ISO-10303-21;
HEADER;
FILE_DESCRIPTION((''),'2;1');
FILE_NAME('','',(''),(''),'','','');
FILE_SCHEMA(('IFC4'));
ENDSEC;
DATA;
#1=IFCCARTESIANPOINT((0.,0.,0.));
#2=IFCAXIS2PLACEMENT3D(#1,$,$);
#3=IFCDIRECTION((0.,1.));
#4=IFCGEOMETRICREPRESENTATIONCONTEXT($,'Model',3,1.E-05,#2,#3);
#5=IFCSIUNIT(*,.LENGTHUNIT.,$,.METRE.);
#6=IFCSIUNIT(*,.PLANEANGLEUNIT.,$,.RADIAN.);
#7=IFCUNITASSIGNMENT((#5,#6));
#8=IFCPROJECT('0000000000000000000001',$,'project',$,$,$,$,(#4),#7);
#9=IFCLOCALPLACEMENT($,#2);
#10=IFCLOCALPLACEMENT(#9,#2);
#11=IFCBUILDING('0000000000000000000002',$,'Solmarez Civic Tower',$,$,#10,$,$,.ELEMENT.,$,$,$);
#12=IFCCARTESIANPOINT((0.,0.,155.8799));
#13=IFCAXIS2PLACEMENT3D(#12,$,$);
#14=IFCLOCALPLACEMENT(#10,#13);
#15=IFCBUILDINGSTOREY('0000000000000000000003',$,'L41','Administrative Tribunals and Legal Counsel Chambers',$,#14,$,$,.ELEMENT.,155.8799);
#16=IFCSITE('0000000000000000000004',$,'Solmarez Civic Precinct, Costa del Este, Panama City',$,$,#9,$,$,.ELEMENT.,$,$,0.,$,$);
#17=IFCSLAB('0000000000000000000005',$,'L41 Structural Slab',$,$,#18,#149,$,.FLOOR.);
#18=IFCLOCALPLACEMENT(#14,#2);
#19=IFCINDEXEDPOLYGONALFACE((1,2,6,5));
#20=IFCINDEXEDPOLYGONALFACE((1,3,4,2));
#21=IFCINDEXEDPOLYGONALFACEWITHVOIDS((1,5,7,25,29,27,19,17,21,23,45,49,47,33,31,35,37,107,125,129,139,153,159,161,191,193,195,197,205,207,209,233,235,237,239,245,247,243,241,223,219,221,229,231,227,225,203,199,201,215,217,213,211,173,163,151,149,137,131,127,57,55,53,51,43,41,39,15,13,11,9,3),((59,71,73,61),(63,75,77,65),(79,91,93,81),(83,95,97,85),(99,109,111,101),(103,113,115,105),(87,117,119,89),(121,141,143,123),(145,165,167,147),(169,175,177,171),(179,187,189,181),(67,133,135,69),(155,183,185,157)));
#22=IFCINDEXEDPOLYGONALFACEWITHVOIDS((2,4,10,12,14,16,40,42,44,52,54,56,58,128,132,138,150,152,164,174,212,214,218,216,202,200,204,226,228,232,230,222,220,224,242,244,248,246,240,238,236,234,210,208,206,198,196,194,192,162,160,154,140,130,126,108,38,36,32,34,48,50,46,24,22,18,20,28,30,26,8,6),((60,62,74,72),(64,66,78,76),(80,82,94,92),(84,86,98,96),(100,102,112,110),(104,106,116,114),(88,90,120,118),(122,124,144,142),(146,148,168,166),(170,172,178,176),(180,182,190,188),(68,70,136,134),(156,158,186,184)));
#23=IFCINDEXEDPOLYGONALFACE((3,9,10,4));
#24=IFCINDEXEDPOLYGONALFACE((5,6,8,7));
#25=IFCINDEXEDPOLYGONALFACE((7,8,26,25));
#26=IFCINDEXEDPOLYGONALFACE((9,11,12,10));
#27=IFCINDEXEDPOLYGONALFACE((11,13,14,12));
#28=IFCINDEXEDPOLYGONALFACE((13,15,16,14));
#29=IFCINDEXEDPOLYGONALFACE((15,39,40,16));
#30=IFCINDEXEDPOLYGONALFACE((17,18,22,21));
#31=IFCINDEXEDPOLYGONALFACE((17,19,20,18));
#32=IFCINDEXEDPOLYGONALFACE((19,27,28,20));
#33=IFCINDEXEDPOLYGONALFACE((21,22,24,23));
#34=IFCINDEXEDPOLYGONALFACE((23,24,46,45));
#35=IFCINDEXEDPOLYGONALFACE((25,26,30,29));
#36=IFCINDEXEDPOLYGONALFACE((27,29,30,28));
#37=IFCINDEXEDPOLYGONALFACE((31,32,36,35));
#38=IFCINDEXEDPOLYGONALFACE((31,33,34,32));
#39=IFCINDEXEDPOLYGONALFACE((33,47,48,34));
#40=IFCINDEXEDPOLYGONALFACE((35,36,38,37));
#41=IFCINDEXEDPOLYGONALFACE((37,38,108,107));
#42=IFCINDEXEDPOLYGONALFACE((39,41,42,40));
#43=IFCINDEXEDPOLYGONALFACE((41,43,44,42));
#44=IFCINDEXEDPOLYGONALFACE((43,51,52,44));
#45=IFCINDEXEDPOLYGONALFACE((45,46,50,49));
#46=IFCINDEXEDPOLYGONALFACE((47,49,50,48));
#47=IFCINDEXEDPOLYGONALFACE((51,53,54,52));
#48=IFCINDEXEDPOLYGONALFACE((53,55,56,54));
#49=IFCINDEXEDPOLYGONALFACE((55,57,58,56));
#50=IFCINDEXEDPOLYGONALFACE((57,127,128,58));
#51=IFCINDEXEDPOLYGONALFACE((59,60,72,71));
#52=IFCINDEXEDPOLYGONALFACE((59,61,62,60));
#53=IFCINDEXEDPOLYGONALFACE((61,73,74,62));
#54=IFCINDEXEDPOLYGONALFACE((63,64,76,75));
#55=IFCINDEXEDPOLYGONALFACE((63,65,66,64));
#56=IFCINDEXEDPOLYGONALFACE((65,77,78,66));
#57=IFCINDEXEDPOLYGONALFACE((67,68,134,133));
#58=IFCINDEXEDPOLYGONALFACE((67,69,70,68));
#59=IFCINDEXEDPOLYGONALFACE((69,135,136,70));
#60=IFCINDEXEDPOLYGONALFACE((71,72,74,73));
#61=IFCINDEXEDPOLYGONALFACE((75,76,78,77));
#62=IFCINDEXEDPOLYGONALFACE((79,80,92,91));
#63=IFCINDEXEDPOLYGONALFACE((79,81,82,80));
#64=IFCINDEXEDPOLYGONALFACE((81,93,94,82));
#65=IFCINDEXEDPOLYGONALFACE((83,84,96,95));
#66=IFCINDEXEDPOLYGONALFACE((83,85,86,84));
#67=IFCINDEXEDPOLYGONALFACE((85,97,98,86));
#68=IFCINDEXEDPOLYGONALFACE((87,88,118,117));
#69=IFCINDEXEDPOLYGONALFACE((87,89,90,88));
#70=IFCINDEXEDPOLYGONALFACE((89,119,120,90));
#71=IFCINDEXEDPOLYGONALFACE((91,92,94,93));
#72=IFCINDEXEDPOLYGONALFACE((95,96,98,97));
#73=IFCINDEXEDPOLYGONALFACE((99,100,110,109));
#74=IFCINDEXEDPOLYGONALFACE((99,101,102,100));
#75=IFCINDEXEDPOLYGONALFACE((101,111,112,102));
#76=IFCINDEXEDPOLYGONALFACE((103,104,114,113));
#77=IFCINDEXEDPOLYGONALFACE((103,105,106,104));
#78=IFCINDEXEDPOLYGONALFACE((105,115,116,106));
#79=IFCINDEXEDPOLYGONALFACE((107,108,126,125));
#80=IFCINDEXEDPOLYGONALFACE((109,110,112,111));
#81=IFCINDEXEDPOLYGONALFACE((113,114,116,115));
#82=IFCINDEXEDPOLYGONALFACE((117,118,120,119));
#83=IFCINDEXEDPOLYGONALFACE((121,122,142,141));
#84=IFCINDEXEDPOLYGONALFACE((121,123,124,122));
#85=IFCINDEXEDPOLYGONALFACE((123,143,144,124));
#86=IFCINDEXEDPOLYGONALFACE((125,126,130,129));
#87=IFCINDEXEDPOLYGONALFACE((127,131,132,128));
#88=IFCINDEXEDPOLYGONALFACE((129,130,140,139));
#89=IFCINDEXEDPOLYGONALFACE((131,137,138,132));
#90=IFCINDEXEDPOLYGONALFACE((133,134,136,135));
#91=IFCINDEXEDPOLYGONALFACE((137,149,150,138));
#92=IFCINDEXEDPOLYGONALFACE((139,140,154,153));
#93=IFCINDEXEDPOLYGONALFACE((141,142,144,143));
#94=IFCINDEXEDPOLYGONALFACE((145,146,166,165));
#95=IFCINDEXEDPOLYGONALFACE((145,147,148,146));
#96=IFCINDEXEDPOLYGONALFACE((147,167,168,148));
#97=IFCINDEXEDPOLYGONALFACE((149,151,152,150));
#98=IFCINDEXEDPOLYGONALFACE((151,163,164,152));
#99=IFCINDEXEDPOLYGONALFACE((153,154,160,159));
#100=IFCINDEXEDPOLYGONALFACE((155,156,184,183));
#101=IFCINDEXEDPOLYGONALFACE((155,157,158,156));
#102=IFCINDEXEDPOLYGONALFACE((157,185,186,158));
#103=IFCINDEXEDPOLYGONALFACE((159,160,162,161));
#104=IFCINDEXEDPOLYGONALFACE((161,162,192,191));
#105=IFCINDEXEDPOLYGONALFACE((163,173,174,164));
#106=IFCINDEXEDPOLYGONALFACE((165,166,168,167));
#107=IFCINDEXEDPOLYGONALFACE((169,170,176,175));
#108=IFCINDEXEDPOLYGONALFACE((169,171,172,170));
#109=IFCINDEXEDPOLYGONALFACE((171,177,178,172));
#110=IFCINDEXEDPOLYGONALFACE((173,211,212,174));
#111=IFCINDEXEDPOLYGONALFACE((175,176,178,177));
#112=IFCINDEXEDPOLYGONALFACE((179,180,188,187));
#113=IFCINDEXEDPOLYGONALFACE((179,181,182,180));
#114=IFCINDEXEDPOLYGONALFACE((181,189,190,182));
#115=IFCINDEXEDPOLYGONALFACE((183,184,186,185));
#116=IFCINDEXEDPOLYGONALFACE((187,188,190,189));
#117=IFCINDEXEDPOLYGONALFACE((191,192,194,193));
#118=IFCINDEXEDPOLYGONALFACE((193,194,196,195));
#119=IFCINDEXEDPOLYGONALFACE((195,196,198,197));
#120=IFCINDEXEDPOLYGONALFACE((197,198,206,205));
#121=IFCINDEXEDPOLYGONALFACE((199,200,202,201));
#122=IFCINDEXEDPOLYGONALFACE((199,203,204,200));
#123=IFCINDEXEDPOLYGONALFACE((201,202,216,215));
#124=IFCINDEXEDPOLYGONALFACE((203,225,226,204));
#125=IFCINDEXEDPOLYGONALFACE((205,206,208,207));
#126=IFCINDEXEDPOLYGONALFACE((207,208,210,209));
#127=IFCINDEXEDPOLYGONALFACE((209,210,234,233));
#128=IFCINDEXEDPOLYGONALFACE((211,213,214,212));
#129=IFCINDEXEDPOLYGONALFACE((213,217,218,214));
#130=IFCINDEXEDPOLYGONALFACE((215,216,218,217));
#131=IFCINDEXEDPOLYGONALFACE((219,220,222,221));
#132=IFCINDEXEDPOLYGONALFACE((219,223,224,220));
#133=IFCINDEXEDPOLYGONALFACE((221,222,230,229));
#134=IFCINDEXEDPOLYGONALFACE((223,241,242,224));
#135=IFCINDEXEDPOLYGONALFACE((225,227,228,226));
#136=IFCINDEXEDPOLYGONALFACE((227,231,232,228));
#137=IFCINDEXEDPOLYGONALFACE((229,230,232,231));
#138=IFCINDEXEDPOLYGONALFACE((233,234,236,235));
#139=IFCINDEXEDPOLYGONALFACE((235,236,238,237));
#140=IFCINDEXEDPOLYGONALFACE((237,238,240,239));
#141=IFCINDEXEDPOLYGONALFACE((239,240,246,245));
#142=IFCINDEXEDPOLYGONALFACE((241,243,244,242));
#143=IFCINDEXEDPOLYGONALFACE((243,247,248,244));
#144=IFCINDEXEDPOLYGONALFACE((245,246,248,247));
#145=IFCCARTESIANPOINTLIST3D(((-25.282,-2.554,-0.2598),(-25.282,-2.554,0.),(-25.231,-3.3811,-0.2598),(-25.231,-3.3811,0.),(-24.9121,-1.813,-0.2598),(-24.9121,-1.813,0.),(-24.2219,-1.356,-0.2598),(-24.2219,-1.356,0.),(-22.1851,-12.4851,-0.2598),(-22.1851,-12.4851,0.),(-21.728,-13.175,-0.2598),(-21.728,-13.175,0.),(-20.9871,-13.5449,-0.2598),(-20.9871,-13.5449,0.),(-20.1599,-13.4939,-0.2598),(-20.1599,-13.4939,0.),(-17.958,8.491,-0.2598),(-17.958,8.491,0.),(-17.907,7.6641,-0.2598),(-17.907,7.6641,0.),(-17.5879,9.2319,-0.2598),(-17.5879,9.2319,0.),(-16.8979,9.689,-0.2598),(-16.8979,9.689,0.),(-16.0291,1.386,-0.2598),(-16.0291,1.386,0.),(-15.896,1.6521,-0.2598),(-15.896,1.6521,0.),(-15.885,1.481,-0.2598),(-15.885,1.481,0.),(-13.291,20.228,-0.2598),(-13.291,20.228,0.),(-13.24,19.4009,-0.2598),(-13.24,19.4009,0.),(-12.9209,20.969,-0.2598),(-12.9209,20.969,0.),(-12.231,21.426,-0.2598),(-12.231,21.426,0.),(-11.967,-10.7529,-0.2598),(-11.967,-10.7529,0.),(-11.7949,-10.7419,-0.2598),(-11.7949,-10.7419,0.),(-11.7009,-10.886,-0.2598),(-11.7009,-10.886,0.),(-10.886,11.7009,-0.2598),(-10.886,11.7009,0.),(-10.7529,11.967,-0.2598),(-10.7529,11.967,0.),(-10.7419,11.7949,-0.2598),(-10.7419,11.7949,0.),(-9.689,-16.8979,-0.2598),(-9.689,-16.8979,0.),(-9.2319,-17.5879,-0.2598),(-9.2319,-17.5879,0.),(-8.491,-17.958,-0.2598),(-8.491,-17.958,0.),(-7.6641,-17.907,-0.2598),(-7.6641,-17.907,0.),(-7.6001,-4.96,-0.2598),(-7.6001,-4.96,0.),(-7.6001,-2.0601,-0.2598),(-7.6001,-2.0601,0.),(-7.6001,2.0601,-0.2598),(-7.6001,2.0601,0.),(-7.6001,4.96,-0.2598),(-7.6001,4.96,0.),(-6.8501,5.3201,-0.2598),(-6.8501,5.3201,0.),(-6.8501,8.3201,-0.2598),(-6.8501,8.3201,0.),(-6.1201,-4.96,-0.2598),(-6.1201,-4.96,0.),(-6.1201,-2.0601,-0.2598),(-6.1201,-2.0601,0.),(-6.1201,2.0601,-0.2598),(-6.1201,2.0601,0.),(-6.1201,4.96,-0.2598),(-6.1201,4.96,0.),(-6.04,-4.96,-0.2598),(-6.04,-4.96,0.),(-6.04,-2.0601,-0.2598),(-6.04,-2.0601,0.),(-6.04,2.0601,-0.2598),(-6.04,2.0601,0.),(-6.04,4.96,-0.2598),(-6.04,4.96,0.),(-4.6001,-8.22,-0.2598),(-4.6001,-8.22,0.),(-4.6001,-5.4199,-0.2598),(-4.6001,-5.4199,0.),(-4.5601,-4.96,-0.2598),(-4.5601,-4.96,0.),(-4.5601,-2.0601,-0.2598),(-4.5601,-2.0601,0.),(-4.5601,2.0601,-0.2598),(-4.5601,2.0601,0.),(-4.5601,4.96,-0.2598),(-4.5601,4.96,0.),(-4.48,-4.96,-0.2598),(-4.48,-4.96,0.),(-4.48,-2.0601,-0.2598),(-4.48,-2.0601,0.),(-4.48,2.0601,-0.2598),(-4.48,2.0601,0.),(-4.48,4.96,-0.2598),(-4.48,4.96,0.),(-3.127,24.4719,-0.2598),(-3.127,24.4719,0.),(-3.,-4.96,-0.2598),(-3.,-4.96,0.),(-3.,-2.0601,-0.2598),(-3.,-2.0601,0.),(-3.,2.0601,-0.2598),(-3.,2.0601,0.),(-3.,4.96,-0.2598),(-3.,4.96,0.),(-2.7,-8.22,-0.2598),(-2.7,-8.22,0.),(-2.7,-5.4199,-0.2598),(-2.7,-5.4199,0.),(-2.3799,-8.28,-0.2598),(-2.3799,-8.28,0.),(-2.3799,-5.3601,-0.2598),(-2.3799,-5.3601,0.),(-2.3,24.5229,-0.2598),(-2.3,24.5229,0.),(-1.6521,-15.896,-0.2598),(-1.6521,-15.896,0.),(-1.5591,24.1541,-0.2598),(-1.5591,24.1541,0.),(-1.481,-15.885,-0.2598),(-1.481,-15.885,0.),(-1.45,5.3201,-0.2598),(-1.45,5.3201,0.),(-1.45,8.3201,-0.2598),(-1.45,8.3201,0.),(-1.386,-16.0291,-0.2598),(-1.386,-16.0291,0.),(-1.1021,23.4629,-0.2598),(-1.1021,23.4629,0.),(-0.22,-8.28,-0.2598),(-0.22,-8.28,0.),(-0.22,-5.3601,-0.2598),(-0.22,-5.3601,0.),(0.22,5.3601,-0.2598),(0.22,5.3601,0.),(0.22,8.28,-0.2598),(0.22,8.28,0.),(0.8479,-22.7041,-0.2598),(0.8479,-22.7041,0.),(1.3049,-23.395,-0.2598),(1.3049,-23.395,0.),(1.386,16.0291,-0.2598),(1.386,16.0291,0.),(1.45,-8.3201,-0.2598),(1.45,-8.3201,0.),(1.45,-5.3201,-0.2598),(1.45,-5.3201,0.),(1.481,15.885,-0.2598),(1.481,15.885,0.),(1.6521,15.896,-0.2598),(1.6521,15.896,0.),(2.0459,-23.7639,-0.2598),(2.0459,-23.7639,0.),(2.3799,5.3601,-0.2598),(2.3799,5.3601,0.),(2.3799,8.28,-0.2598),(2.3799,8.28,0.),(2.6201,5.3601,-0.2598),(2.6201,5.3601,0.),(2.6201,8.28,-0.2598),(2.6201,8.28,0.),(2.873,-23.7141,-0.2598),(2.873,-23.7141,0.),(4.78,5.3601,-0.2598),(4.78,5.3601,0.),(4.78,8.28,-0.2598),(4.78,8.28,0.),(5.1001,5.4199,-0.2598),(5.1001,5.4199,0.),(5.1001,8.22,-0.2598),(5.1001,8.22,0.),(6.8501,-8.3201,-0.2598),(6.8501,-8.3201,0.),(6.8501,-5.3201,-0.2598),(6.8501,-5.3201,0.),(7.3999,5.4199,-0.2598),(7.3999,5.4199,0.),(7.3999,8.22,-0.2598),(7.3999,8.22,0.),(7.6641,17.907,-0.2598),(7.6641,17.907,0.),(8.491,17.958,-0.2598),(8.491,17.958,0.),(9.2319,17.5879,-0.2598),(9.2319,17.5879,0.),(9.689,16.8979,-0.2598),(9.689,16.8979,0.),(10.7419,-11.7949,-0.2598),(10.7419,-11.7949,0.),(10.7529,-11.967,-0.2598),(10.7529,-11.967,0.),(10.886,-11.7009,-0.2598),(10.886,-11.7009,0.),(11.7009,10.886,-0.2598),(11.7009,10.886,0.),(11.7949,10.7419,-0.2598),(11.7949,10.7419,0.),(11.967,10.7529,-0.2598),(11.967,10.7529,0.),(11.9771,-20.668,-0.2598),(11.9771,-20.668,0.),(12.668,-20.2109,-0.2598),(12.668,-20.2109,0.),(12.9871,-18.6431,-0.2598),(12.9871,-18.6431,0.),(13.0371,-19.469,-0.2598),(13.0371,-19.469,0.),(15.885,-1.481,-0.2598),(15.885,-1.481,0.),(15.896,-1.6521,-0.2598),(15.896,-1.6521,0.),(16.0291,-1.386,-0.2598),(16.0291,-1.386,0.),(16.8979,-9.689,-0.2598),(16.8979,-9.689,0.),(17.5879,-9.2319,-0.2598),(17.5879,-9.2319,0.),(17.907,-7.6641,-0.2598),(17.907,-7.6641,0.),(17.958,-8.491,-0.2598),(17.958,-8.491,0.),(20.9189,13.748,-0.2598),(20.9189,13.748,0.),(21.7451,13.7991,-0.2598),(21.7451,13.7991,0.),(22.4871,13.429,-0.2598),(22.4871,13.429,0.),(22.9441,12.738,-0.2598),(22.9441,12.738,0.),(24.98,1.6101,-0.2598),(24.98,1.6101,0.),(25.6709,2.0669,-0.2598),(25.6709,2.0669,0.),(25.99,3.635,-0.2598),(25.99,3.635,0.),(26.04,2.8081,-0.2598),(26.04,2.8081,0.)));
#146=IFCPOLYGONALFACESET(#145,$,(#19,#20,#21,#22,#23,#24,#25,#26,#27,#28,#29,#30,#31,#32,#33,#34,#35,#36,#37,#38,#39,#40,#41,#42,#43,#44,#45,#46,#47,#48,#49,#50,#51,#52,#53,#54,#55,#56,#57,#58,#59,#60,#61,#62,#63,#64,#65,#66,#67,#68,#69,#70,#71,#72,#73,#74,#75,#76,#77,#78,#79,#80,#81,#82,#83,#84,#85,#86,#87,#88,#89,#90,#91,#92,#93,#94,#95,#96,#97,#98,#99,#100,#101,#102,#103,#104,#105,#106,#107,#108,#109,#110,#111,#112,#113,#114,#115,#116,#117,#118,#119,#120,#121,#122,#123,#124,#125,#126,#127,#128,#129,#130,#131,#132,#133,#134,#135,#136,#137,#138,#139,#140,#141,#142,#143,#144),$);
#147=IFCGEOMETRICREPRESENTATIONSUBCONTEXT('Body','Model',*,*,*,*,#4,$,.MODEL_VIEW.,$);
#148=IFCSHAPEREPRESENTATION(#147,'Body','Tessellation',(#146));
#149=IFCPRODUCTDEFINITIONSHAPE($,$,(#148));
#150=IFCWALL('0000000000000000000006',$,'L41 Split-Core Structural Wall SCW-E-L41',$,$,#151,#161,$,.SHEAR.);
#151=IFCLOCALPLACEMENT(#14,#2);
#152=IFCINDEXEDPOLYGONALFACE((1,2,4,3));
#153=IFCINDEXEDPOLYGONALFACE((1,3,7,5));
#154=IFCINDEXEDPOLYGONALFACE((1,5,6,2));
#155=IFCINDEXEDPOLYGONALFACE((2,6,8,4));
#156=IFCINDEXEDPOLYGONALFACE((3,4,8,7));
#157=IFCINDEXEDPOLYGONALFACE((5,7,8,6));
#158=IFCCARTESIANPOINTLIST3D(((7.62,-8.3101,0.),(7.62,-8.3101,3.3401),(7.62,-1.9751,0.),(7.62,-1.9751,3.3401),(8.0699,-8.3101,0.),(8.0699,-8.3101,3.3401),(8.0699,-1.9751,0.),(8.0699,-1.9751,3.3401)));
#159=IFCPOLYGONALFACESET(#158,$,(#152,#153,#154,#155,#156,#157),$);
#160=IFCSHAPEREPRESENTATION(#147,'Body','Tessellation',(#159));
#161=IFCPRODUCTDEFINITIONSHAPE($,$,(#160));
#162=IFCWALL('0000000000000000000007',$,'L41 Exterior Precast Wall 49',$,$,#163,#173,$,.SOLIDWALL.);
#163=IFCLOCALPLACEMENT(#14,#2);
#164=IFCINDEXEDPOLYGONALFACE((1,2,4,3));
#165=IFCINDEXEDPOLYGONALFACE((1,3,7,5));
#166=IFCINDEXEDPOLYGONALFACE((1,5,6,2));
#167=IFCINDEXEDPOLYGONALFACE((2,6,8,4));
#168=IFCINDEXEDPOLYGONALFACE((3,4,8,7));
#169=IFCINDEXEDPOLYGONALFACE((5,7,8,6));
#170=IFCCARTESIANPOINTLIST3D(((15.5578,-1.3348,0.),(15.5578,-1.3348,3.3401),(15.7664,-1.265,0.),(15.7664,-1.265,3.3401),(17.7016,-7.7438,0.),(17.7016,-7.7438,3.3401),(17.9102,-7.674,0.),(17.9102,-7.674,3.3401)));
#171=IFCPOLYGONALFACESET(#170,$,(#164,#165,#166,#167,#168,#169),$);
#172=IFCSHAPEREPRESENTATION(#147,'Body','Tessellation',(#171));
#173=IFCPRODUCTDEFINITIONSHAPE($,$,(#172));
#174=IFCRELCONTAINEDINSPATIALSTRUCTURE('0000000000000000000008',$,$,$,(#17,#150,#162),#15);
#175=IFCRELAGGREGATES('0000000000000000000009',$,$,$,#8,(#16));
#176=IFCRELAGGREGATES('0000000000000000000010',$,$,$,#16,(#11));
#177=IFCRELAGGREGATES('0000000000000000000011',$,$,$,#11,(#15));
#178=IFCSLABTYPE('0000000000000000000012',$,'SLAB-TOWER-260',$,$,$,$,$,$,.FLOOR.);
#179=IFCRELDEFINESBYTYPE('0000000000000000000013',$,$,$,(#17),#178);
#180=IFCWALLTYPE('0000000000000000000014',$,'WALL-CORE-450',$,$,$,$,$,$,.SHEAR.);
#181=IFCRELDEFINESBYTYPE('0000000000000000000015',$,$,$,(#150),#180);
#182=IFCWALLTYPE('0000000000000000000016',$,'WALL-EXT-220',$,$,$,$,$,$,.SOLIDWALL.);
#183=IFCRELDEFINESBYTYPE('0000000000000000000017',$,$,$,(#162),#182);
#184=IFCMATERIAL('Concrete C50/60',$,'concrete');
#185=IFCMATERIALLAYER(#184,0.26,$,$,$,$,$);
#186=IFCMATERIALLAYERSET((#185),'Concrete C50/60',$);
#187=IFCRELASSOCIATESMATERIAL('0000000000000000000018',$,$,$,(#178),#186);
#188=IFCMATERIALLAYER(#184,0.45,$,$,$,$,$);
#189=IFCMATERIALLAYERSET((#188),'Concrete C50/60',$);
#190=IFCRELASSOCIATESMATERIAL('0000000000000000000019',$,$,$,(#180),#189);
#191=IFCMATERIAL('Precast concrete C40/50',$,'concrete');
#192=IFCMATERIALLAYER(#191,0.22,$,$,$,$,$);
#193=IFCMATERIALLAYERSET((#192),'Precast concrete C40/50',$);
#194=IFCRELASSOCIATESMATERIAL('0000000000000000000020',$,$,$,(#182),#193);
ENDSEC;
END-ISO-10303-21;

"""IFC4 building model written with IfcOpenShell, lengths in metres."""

from ifc_helpers import new_model, si_unit, direction, frame, frame_2d, origin, place, context, subcontext, project, spatial, polyline, rectangle, outline, extrude, material, layer, layer_set, type_object, element, save


model = new_model("IFC4")

# Units and contexts
model_context = context("Model", 3, precision=1e-05, world=origin(), true_north=direction((0.0, 1.0)))
body_context = subcontext(model_context, "Body", "Model", "MODEL_VIEW")
ifc_project = project(units=[si_unit("LENGTHUNIT", "METRE"), si_unit("PLANEANGLEUNIT", "RADIAN")], contexts=[model_context])

# Site, building, storey
site_placement = place(None, origin())
site = spatial("IfcSite", under=ifc_project, at=site_placement, Name="Solmarez Civic Precinct, Costa del Este, Panama City", CompositionType="ELEMENT", RefElevation=0.0)
building_placement = place(site_placement, origin())
building = spatial("IfcBuilding", under=site, at=building_placement, Name="Solmarez Civic Tower", CompositionType="ELEMENT")
storey_placement = place(building_placement, frame((0.0, 0.0, 155.8799)))
storey = spatial("IfcBuildingStorey", under=building, at=storey_placement, Name="L41", Description="Administrative Tribunals and Legal Counsel Chambers", CompositionType="ELEMENT", Elevation=155.8799)

# Shared definitions
ifc_material_1 = material(Name="Concrete C50/60", Category="concrete")

# Slab
ifc_layer_1 = layer(ifc_material_1, 0.26)
ifc_layer_set_1 = layer_set([ifc_layer_1], Name="Concrete C50/60")
slab_type_1 = type_object("IfcSlabType", Name="SLAB-TOWER-260", PredefinedType="FLOOR", material=ifc_layer_set_1)
slab_1_placement = place(storey_placement, frame((0.0, 0.0, -0.2598)))
element("IfcSlab", 1, at=slab_1_placement, inside=storey, type_object=slab_type_1, Name="L41 Structural Slab", PredefinedType="FLOOR", context=body_context, shape_type="SweptSolid", body=[
    extrude(outline(polyline([(-11.7009, -10.886), (-9.689, -16.8979), (-9.2319, -17.5879), (-8.491, -17.958), (-7.6641, -17.907), (-1.6521, -15.896), (-1.481, -15.885), (-1.386, -16.0291), (0.8479, -22.7041), (1.3049, -23.395), (2.0459, -23.7639), (2.873, -23.7141), (11.9771, -20.668), (12.668, -20.2109), (13.0371, -19.469), (12.9871, -18.6431), (10.7529, -11.967), (10.7419, -11.7949), (10.886, -11.7009), (16.8979, -9.689), (17.5879, -9.2319), (17.958, -8.491), (17.907, -7.6641), (15.896, -1.6521), (15.885, -1.481), (16.0291, -1.386), (24.98, 1.6101), (25.6709, 2.0669), (26.04, 2.8081), (25.99, 3.635), (22.9441, 12.738), (22.4871, 13.429), (21.7451, 13.7991), (20.9189, 13.748), (11.967, 10.7529), (11.7949, 10.7419), (11.7009, 10.886), (9.689, 16.8979), (9.2319, 17.5879), (8.491, 17.958), (7.6641, 17.907), (1.6521, 15.896), (1.481, 15.885), (1.386, 16.0291), (-1.1021, 23.4629), (-1.5591, 24.1541), (-2.3, 24.5229), (-3.127, 24.4719), (-12.231, 21.426), (-12.9209, 20.969), (-13.291, 20.228), (-13.24, 19.4009), (-10.7529, 11.967), (-10.7419, 11.7949), (-10.886, 11.7009), (-16.8979, 9.689), (-17.5879, 9.2319), (-17.958, 8.491), (-17.907, 7.6641), (-15.896, 1.6521), (-15.885, 1.481), (-16.0291, 1.386), (-24.2219, -1.356), (-24.9121, -1.813), (-25.282, -2.554), (-25.231, -3.3811), (-22.1851, -12.4851), (-21.728, -13.175), (-20.9871, -13.5449), (-20.1599, -13.4939), (-11.967, -10.7529), (-11.7949, -10.7419), (-11.7009, -10.886)]), holes=[polyline([(-1.45, 8.3201), (-6.8501, 8.3201), (-6.8501, 5.3201), (-1.45, 5.3201), (-1.45, 8.3201)]), polyline([(1.45, -8.3201), (6.8501, -8.3201), (6.8501, -5.3201), (1.45, -5.3201), (1.45, -8.3201)]), polyline([(0.22, 5.3601), (2.3799, 5.3601), (2.3799, 8.28), (0.22, 8.28), (0.22, 5.3601)]), polyline([(2.6201, 5.3601), (4.78, 5.3601), (4.78, 8.28), (2.6201, 8.28), (2.6201, 5.3601)]), polyline([(-2.3799, -8.28), (-0.22, -8.28), (-0.22, -5.3601), (-2.3799, -5.3601), (-2.3799, -8.28)]), polyline([(-7.6001, -4.96), (-6.1201, -4.96), (-6.1201, -2.0601), (-7.6001, -2.0601), (-7.6001, -4.96)]), polyline([(-6.04, -4.96), (-4.5601, -4.96), (-4.5601, -2.0601), (-6.04, -2.0601), (-6.04, -4.96)]), polyline([(-4.48, -4.96), (-3.0, -4.96), (-3.0, -2.0601), (-4.48, -2.0601), (-4.48, -4.96)]), polyline([(-7.6001, 2.0601), (-6.1201, 2.0601), (-6.1201, 4.96), (-7.6001, 4.96), (-7.6001, 2.0601)]), polyline([(-6.04, 2.0601), (-4.5601, 2.0601), (-4.5601, 4.96), (-6.04, 4.96), (-6.04, 2.0601)]), polyline([(-4.48, 2.0601), (-3.0, 2.0601), (-3.0, 4.96), (-4.48, 4.96), (-4.48, 2.0601)]), polyline([(5.1001, 5.4199), (7.3999, 5.4199), (7.3999, 8.22), (5.1001, 8.22), (5.1001, 5.4199)]), polyline([(-4.6001, -8.22), (-2.7, -8.22), (-2.7, -5.4199), (-4.6001, -5.4199), (-4.6001, -8.22)])]), origin(), (0.0, 0.0, 1.0), 0.2598),
])

# Walls
ifc_layer_2 = layer(ifc_material_1, 0.45)
ifc_layer_set_2 = layer_set([ifc_layer_2], Name="Concrete C50/60")
wall_type_1 = type_object("IfcWallType", Name="WALL-CORE-450", PredefinedType="SHEAR", material=ifc_layer_set_2)
wall_1_placement = place(storey_placement, frame((7.845, -1.9751, 0.0), z_axis=(0.0, 0.0, 1.0), x_axis=(0.0, -1.0, 0.0)))
element("IfcWall", 2, at=wall_1_placement, inside=storey, type_object=wall_type_1, Name="L41 Split-Core Structural Wall SCW-E-L41", PredefinedType="SHEAR", context=body_context, shape_type="SweptSolid", body=[
    extrude(rectangle(XDim=6.335, YDim=0.45, at=frame_2d((3.1675, 0.0))), origin(), (0.0, 0.0, 1.0), 3.3401),
])
ifc_material_2 = material(Name="Precast concrete C40/50", Category="concrete")
ifc_layer_3 = layer(ifc_material_2, 0.22)
ifc_layer_set_3 = layer_set([ifc_layer_3], Name="Precast concrete C40/50")
wall_type_2 = type_object("IfcWallType", Name="WALL-EXT-220", PredefinedType="SOLIDWALL", material=ifc_layer_set_3)
wall_2_placement = place(storey_placement, frame((15.6621, -1.3, 0.0), z_axis=(0.0, 0.0, 1.0), x_axis=(0.317225, -0.94835, 0.0)))
element("IfcWall", 3, at=wall_2_placement, inside=storey, type_object=wall_type_2, Name="L41 Exterior Precast Wall 49", PredefinedType="SOLIDWALL", context=body_context, shape_type="SweptSolid", body=[
    extrude(rectangle(XDim=6.7581, YDim=0.22, at=frame_2d((3.3789, 0.0))), origin(), (0.0, 0.0, 1.0), 3.3401),
])

save(model, "model.ifc")
